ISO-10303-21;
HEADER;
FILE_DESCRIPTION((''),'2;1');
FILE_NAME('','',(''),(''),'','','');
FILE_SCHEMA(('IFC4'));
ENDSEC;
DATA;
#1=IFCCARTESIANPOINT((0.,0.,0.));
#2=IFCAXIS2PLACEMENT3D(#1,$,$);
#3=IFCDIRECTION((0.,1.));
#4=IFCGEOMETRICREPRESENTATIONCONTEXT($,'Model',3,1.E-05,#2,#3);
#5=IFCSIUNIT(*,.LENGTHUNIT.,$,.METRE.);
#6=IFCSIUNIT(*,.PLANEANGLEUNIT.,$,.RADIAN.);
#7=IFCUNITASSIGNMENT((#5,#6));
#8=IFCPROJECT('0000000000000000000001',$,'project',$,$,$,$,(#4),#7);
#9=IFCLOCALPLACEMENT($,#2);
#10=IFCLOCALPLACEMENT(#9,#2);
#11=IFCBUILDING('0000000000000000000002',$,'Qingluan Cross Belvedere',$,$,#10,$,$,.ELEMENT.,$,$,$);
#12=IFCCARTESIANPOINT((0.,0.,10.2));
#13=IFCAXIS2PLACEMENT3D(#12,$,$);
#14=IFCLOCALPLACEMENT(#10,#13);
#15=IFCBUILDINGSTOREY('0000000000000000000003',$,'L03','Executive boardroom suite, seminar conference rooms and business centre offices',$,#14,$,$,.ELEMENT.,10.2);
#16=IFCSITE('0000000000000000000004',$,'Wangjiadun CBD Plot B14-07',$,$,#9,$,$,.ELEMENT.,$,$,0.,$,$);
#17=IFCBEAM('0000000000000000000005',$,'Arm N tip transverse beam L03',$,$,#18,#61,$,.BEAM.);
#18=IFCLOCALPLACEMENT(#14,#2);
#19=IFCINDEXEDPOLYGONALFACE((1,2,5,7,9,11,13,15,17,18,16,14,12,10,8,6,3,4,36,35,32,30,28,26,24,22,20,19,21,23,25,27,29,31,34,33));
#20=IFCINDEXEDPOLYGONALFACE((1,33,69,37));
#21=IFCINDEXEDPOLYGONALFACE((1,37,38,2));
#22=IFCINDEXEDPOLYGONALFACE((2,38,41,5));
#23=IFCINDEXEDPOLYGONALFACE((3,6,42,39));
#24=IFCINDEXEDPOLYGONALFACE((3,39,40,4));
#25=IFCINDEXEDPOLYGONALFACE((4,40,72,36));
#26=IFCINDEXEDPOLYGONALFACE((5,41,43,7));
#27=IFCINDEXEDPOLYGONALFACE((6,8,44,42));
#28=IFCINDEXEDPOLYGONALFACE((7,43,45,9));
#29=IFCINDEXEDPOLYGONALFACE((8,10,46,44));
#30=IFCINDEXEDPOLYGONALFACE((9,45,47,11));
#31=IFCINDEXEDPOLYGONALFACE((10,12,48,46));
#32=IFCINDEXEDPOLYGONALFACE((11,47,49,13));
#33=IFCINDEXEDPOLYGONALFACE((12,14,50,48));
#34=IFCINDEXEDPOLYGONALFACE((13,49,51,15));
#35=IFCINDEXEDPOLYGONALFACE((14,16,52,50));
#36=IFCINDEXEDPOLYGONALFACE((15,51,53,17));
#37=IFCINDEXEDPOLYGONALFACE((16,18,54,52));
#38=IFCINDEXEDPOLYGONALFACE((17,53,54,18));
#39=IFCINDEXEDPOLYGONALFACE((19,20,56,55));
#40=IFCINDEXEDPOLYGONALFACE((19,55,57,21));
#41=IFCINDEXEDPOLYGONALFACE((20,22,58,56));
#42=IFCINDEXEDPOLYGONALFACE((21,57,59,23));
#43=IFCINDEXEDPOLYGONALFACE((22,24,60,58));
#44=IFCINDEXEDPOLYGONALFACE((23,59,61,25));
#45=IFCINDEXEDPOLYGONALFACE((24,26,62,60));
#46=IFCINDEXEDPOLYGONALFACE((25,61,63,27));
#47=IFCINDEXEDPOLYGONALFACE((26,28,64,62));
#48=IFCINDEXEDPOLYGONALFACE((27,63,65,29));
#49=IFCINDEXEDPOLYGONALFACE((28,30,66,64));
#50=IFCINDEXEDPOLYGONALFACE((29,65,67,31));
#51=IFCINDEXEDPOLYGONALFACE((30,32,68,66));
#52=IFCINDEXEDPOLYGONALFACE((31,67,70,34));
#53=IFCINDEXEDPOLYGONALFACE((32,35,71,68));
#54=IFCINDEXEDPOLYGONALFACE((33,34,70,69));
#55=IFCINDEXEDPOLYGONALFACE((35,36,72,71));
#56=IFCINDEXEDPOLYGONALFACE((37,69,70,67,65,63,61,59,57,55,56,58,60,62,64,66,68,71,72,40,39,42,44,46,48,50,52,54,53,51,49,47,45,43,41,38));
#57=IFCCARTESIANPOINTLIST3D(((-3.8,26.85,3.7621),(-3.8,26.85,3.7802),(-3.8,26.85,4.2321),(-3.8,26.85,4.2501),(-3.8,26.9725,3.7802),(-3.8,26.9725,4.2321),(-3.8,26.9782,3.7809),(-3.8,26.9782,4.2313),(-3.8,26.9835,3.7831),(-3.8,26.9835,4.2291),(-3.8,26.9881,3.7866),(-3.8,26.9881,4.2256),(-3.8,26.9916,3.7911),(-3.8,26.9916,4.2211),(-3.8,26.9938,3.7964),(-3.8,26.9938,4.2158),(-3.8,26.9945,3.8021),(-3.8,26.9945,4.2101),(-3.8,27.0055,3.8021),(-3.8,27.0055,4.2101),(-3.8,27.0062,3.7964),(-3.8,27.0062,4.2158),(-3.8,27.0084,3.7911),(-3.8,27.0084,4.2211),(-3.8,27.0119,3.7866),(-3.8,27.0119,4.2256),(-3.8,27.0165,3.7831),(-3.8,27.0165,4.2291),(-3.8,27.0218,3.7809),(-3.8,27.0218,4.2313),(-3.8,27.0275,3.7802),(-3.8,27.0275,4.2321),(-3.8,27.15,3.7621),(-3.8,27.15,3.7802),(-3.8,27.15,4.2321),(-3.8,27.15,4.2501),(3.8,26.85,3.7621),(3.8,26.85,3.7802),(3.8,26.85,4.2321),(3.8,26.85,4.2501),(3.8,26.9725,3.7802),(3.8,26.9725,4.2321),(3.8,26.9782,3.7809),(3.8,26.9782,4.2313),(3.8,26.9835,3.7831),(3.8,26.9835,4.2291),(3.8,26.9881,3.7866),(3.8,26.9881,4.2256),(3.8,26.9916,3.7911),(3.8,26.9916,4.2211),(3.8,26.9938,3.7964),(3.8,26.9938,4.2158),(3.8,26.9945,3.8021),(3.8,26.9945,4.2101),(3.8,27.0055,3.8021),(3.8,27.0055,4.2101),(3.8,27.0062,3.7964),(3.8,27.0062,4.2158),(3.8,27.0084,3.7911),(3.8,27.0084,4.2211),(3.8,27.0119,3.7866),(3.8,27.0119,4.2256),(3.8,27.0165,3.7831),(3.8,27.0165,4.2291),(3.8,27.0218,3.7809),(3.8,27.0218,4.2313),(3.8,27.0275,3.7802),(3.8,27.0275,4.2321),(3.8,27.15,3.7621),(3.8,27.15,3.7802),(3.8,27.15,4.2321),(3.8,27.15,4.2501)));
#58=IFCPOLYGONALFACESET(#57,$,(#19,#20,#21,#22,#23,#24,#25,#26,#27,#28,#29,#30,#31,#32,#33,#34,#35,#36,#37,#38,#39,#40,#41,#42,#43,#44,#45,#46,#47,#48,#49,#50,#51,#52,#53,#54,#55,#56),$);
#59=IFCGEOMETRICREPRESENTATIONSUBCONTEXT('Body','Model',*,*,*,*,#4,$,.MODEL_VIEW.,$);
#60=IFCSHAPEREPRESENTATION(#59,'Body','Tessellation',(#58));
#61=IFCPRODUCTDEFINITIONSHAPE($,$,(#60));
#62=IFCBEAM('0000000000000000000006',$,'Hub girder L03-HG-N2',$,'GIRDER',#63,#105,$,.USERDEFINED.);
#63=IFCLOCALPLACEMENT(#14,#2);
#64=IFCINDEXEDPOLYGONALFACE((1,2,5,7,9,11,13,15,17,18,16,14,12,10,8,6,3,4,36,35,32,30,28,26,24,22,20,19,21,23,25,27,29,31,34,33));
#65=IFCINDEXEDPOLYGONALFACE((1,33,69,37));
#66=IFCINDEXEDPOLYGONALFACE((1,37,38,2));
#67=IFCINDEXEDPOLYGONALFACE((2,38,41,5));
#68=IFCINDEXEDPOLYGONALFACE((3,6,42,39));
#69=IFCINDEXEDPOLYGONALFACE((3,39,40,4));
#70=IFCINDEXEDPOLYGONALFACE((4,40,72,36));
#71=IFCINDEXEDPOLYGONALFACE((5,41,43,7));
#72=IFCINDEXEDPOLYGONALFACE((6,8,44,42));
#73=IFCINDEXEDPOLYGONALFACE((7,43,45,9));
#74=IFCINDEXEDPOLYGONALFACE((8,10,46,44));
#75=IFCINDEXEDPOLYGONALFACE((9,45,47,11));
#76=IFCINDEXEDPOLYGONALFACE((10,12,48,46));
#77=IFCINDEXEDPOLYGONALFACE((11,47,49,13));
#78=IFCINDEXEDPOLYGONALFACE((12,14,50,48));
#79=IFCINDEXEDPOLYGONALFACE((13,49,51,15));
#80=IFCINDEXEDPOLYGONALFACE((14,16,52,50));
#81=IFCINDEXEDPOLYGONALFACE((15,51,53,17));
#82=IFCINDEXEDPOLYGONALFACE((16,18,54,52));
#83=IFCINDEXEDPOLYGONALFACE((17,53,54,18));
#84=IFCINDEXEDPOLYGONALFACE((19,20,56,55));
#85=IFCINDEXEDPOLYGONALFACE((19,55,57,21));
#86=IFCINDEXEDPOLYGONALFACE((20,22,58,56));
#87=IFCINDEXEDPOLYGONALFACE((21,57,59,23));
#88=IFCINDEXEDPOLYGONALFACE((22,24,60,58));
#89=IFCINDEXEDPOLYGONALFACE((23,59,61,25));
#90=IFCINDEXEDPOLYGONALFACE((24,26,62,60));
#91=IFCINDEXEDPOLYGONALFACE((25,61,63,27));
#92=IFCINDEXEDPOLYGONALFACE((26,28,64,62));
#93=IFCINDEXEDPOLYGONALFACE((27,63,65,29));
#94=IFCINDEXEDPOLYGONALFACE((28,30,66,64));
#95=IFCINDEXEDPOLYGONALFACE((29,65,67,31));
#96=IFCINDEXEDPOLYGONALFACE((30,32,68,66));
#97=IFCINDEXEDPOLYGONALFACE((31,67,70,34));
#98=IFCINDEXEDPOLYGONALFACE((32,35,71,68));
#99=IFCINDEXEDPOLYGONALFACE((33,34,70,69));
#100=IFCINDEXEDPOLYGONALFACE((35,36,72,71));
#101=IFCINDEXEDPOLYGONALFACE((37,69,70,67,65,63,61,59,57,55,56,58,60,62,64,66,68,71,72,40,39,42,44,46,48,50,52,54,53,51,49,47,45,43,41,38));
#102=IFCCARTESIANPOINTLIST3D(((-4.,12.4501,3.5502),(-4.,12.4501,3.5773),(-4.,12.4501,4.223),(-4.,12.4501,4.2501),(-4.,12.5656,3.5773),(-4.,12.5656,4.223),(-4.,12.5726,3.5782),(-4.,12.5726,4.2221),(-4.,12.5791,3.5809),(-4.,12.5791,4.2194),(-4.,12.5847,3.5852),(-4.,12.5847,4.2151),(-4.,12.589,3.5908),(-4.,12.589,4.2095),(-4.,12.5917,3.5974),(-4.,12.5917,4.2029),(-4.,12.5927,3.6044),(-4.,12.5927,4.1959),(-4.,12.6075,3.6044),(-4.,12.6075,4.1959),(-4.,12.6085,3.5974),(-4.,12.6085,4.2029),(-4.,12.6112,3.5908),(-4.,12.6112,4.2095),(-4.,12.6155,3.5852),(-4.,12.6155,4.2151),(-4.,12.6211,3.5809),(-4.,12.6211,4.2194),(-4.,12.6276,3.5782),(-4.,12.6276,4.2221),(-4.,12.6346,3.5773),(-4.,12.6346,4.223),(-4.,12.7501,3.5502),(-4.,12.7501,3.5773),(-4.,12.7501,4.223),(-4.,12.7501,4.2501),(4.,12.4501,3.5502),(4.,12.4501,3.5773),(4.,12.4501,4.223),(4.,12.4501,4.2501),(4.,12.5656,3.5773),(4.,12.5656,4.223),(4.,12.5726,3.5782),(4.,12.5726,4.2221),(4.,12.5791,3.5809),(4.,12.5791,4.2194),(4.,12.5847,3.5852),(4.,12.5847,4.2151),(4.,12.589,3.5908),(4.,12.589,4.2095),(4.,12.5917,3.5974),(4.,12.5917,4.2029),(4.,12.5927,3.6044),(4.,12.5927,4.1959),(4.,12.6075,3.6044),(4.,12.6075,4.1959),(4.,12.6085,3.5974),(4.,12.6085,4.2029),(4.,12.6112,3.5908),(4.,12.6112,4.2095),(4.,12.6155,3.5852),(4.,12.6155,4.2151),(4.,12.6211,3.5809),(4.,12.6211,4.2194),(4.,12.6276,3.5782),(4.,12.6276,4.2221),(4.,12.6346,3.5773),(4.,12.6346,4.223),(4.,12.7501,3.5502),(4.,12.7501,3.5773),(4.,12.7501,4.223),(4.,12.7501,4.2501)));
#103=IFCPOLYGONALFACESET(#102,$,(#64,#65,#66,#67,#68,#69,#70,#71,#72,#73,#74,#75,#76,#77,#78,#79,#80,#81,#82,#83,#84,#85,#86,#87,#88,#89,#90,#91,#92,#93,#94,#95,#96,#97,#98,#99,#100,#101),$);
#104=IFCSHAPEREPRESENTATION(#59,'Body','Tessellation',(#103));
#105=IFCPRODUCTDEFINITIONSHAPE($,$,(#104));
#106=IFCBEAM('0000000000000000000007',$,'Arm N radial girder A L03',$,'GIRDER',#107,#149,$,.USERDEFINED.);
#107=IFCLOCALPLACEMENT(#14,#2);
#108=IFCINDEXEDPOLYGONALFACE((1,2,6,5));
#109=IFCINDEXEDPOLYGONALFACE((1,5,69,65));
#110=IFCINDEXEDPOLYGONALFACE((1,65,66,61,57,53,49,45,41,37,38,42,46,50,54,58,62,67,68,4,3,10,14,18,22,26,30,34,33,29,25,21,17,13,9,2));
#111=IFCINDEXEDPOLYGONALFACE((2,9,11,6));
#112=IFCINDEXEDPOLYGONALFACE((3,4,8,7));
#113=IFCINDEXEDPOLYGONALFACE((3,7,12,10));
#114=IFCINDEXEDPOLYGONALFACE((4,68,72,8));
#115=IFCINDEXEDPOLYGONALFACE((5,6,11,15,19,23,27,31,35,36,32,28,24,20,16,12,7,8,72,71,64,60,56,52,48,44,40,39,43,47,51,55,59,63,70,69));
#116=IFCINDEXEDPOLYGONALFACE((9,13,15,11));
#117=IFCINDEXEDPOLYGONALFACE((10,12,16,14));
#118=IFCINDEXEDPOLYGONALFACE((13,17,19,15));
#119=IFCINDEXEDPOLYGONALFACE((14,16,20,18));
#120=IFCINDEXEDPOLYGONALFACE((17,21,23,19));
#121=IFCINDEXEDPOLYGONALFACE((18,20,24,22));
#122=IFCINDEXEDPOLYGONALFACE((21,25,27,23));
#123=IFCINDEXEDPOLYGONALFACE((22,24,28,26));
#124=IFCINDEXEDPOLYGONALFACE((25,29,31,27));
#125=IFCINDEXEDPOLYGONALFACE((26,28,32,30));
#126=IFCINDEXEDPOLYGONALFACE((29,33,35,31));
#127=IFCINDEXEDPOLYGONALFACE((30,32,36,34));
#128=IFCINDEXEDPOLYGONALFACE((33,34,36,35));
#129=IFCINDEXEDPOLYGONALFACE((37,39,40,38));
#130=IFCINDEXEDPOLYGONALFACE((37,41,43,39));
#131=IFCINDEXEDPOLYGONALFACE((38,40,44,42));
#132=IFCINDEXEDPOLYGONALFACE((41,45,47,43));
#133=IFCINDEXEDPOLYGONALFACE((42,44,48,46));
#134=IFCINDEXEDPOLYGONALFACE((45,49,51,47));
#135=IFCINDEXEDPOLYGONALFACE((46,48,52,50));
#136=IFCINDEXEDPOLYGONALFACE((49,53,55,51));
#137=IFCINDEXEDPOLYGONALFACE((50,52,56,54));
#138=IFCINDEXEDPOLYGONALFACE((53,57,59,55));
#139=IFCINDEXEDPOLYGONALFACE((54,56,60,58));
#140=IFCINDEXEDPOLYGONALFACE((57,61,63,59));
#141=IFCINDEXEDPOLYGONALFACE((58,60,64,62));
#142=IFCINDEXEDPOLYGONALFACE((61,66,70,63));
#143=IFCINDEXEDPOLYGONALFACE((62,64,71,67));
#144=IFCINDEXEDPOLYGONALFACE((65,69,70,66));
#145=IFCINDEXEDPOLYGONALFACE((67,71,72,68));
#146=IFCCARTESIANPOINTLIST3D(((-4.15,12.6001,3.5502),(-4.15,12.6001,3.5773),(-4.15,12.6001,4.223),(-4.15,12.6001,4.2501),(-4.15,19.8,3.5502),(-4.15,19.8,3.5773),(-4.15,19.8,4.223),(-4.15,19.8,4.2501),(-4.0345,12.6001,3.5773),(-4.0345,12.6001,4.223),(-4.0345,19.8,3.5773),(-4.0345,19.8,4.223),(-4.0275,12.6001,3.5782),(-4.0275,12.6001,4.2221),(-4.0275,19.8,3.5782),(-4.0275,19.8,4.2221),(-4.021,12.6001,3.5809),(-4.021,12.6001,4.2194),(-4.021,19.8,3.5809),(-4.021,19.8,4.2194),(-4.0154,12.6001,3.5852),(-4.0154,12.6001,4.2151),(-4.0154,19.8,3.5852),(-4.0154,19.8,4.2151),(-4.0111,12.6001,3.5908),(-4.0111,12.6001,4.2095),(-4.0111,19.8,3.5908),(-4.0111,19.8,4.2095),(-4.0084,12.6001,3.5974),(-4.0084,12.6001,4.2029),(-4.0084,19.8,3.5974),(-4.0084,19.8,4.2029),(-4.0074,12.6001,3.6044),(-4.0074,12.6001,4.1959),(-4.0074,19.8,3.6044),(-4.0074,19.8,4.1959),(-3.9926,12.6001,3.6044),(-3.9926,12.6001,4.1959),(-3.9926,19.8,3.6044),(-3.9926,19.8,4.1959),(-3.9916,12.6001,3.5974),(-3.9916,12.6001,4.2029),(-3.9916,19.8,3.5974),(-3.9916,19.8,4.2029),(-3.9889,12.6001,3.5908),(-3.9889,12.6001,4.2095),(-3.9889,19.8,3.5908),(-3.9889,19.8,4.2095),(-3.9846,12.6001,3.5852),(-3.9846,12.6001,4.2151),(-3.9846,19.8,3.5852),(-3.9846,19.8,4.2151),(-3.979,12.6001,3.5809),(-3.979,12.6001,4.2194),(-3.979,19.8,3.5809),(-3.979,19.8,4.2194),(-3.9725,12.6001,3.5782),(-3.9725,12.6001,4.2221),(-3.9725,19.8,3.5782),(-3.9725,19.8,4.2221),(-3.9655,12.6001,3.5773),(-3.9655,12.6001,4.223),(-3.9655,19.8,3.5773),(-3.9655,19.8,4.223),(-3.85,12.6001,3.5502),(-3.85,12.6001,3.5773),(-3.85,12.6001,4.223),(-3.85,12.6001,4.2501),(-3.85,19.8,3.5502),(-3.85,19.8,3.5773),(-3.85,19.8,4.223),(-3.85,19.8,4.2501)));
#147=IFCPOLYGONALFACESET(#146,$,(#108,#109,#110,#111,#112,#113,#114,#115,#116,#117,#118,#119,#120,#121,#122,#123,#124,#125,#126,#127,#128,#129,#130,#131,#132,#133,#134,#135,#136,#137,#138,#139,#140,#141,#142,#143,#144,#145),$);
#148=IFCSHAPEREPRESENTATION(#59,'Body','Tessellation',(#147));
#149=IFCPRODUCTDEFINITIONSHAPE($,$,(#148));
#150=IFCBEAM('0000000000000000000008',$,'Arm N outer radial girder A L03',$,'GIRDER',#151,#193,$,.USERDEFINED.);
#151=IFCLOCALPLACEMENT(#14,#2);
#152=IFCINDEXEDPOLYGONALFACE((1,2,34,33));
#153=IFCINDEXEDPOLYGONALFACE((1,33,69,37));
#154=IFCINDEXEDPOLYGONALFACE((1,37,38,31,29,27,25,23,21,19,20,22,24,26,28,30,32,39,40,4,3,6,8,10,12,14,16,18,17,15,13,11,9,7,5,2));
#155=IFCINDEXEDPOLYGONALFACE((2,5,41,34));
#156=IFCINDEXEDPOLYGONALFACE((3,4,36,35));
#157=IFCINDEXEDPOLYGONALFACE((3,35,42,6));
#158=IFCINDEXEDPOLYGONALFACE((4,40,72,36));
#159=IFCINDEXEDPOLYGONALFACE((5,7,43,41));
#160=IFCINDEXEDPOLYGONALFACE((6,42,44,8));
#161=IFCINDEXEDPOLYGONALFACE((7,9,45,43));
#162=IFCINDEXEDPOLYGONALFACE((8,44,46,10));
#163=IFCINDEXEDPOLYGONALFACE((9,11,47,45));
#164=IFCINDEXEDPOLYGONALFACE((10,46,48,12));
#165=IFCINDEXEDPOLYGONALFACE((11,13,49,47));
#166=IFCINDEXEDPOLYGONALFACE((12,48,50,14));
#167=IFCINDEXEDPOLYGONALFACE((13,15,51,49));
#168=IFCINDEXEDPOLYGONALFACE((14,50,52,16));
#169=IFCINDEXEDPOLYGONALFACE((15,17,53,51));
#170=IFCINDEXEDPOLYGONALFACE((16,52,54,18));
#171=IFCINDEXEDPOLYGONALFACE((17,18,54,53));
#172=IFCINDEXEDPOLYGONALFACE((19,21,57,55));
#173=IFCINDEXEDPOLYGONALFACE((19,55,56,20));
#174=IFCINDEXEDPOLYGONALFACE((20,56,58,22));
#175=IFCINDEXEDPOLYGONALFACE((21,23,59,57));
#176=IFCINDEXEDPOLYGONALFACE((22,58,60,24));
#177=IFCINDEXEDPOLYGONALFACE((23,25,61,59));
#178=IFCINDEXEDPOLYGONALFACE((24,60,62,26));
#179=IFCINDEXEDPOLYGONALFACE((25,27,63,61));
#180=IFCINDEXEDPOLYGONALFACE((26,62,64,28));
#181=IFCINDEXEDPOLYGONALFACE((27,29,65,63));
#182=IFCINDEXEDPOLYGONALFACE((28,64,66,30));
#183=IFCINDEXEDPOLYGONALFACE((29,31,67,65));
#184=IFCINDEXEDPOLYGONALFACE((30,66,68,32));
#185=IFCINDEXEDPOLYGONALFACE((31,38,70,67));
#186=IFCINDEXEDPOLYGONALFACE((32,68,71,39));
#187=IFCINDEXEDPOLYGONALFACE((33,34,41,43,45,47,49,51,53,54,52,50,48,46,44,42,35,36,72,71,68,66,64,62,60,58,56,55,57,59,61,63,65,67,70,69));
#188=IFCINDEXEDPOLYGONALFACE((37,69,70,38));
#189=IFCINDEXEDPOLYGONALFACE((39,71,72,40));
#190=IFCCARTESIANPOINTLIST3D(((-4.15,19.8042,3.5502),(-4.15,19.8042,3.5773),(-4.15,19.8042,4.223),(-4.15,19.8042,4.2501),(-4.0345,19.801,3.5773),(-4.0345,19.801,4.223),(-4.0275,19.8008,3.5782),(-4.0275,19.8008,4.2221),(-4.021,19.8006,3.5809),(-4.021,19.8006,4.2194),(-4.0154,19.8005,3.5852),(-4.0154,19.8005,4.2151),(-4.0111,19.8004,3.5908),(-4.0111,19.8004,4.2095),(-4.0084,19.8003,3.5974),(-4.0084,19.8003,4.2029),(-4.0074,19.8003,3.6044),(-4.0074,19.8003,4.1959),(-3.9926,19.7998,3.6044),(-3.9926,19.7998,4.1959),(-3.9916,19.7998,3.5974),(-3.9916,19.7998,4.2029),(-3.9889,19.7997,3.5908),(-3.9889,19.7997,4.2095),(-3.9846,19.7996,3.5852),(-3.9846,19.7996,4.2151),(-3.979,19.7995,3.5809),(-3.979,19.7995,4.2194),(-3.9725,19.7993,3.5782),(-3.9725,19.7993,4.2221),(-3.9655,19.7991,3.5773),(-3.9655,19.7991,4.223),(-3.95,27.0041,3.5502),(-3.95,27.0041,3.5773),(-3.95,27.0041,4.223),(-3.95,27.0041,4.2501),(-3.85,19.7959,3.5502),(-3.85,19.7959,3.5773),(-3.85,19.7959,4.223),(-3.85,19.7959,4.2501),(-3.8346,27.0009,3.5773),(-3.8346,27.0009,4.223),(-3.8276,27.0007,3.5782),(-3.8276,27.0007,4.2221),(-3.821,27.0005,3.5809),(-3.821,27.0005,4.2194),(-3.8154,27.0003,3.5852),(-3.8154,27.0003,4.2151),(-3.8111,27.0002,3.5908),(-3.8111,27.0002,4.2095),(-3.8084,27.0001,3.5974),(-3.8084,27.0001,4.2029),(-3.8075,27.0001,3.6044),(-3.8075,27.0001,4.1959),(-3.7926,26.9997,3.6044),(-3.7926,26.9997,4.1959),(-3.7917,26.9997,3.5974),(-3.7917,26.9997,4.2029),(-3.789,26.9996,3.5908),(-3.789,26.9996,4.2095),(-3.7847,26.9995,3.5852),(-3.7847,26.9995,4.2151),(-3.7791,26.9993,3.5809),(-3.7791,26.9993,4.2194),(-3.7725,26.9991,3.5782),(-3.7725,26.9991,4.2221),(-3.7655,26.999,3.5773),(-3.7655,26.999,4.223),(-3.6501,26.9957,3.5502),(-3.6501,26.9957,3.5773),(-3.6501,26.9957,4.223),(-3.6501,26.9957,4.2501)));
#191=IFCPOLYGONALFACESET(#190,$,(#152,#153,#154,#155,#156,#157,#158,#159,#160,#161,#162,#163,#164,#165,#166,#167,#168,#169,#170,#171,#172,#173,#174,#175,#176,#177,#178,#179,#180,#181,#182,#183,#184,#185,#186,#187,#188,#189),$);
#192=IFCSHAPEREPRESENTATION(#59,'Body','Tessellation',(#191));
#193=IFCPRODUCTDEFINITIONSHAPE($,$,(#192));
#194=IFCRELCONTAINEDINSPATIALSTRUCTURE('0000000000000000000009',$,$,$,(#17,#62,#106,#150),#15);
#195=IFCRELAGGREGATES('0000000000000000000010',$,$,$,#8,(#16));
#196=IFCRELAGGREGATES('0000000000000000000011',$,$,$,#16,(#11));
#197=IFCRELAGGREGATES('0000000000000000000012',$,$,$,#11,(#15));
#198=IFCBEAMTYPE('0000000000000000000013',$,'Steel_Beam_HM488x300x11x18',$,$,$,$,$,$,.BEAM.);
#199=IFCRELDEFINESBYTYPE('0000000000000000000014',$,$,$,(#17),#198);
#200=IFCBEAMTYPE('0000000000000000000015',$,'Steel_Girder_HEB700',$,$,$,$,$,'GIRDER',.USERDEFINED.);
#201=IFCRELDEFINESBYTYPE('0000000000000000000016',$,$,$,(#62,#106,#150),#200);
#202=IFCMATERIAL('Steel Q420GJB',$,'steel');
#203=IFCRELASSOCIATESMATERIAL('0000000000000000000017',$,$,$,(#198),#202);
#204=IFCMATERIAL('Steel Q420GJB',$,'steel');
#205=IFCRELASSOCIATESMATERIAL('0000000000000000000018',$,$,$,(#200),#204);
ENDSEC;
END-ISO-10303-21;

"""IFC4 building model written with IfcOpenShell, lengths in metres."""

from ifc_helpers import new_model, si_unit, direction, frame, origin, origin_2d, place, context, subcontext, project, spatial, i_section, extrude, material, material_profile, profile_set, type_object, element, save


model = new_model("IFC4")

# Units and contexts
model_context = context("Model", 3, precision=1e-05, world=origin(), true_north=direction((0.0, 1.0)))
body_context = subcontext(model_context, "Body", "Model", "MODEL_VIEW")
ifc_project = project(units=[si_unit("LENGTHUNIT", "METRE"), si_unit("PLANEANGLEUNIT", "RADIAN")], contexts=[model_context])

# Site, building, storey
site_placement = place(None, origin())
site = spatial("IfcSite", under=ifc_project, at=site_placement, Name="Wangjiadun CBD Plot B14-07", CompositionType="ELEMENT", RefElevation=0.0)
building_placement = place(site_placement, origin())
building = spatial("IfcBuilding", under=site, at=building_placement, Name="Qingluan Cross Belvedere", CompositionType="ELEMENT")
storey_placement = place(building_placement, frame((0.0, 0.0, 10.2)))
storey = spatial("IfcBuildingStorey", under=building, at=storey_placement, Name="L03", Description="Executive boardroom suite, seminar conference rooms and business centre offices", CompositionType="ELEMENT", Elevation=10.2)

# Beams
ifc_material_1 = material(Name="Steel Q420GJB", Category="steel")
ifc_material_profile_1 = material_profile(ifc_material_1, i_section(OverallWidth=0.3, OverallDepth=0.488, WebThickness=0.011, FlangeThickness=0.0181, FilletRadius=0.022, at=origin_2d()), Name="HM488x300x11x18")
ifc_profile_set_1 = profile_set([ifc_material_profile_1], Name="Steel Q420GJB")
beam_type_1 = type_object("IfcBeamType", Name="Steel_Beam_HM488x300x11x18", PredefinedType="BEAM", material=ifc_profile_set_1)
beam_1_placement = place(storey_placement, frame((-3.8, 27.0, 4.0061), z_axis=(1.0, 0.0, 0.0), x_axis=(0.0, 1.0, 0.0)))
element("IfcBeam", 1, at=beam_1_placement, inside=storey, type_object=beam_type_1, Name="Arm N tip transverse beam L03", PredefinedType="BEAM", context=body_context, shape_type="SweptSolid", body=[
    extrude(i_section(OverallWidth=0.3, OverallDepth=0.488, WebThickness=0.011, FlangeThickness=0.0181, FilletRadius=0.022, at=origin_2d()), origin(), (0.0, 0.0, 1.0), 7.6001),
])
ifc_material_2 = material(Name="Steel Q420GJB", Category="steel")
ifc_material_profile_2 = material_profile(ifc_material_2, i_section(OverallWidth=0.3, OverallDepth=0.7, WebThickness=0.0149, FlangeThickness=0.0271, FilletRadius=0.0271, at=origin_2d()), Name="HEB700")
ifc_profile_set_2 = profile_set([ifc_material_profile_2], Name="Steel Q420GJB")
beam_type_2 = type_object("IfcBeamType", Name="Steel_Girder_HEB700", ElementType="GIRDER", PredefinedType="USERDEFINED", material=ifc_profile_set_2)
beam_2_placement = place(storey_placement, frame((-4.0, 12.6001, 3.9001), z_axis=(1.0, 0.0, 0.0), x_axis=(0.0, 1.0, 0.0)))
element("IfcBeam", 2, at=beam_2_placement, inside=storey, type_object=beam_type_2, Name="Hub girder L03-HG-N2", ObjectType="GIRDER", PredefinedType="USERDEFINED", context=body_context, shape_type="SweptSolid", body=[
    extrude(i_section(OverallWidth=0.3, OverallDepth=0.7, WebThickness=0.0149, FlangeThickness=0.0271, FilletRadius=0.0271, at=origin_2d()), origin(), (0.0, 0.0, 1.0), 8.0),
])
beam_3_placement = place(storey_placement, frame((-4.0, 12.6001, 3.9001), z_axis=(0.0, 1.0, 0.0), x_axis=(-1.0, 0.0, 0.0)))
element("IfcBeam", 3, at=beam_3_placement, inside=storey, type_object=beam_type_2, Name="Arm N radial girder A L03", ObjectType="GIRDER", PredefinedType="USERDEFINED", context=body_context, shape_type="SweptSolid", body=[
    extrude(i_section(OverallWidth=0.3, OverallDepth=0.7, WebThickness=0.0149, FlangeThickness=0.0271, FilletRadius=0.0271, at=origin_2d()), origin(), (0.0, 0.0, 1.0), 7.2),
])
beam_4_placement = place(storey_placement, frame((-4.0, 19.8, 3.9001), z_axis=(0.02776, 0.999615, 0.0), x_axis=(-0.999615, 0.02776, 0.0)))
element("IfcBeam", 4, at=beam_4_placement, inside=storey, type_object=beam_type_2, Name="Arm N outer radial girder A L03", ObjectType="GIRDER", PredefinedType="USERDEFINED", context=body_context, shape_type="SweptSolid", body=[
    extrude(i_section(OverallWidth=0.3, OverallDepth=0.7, WebThickness=0.0149, FlangeThickness=0.0271, FilletRadius=0.0271, at=origin_2d()), origin(), (0.0, 0.0, 1.0), 7.2026),
])

save(model, "model.ifc")
